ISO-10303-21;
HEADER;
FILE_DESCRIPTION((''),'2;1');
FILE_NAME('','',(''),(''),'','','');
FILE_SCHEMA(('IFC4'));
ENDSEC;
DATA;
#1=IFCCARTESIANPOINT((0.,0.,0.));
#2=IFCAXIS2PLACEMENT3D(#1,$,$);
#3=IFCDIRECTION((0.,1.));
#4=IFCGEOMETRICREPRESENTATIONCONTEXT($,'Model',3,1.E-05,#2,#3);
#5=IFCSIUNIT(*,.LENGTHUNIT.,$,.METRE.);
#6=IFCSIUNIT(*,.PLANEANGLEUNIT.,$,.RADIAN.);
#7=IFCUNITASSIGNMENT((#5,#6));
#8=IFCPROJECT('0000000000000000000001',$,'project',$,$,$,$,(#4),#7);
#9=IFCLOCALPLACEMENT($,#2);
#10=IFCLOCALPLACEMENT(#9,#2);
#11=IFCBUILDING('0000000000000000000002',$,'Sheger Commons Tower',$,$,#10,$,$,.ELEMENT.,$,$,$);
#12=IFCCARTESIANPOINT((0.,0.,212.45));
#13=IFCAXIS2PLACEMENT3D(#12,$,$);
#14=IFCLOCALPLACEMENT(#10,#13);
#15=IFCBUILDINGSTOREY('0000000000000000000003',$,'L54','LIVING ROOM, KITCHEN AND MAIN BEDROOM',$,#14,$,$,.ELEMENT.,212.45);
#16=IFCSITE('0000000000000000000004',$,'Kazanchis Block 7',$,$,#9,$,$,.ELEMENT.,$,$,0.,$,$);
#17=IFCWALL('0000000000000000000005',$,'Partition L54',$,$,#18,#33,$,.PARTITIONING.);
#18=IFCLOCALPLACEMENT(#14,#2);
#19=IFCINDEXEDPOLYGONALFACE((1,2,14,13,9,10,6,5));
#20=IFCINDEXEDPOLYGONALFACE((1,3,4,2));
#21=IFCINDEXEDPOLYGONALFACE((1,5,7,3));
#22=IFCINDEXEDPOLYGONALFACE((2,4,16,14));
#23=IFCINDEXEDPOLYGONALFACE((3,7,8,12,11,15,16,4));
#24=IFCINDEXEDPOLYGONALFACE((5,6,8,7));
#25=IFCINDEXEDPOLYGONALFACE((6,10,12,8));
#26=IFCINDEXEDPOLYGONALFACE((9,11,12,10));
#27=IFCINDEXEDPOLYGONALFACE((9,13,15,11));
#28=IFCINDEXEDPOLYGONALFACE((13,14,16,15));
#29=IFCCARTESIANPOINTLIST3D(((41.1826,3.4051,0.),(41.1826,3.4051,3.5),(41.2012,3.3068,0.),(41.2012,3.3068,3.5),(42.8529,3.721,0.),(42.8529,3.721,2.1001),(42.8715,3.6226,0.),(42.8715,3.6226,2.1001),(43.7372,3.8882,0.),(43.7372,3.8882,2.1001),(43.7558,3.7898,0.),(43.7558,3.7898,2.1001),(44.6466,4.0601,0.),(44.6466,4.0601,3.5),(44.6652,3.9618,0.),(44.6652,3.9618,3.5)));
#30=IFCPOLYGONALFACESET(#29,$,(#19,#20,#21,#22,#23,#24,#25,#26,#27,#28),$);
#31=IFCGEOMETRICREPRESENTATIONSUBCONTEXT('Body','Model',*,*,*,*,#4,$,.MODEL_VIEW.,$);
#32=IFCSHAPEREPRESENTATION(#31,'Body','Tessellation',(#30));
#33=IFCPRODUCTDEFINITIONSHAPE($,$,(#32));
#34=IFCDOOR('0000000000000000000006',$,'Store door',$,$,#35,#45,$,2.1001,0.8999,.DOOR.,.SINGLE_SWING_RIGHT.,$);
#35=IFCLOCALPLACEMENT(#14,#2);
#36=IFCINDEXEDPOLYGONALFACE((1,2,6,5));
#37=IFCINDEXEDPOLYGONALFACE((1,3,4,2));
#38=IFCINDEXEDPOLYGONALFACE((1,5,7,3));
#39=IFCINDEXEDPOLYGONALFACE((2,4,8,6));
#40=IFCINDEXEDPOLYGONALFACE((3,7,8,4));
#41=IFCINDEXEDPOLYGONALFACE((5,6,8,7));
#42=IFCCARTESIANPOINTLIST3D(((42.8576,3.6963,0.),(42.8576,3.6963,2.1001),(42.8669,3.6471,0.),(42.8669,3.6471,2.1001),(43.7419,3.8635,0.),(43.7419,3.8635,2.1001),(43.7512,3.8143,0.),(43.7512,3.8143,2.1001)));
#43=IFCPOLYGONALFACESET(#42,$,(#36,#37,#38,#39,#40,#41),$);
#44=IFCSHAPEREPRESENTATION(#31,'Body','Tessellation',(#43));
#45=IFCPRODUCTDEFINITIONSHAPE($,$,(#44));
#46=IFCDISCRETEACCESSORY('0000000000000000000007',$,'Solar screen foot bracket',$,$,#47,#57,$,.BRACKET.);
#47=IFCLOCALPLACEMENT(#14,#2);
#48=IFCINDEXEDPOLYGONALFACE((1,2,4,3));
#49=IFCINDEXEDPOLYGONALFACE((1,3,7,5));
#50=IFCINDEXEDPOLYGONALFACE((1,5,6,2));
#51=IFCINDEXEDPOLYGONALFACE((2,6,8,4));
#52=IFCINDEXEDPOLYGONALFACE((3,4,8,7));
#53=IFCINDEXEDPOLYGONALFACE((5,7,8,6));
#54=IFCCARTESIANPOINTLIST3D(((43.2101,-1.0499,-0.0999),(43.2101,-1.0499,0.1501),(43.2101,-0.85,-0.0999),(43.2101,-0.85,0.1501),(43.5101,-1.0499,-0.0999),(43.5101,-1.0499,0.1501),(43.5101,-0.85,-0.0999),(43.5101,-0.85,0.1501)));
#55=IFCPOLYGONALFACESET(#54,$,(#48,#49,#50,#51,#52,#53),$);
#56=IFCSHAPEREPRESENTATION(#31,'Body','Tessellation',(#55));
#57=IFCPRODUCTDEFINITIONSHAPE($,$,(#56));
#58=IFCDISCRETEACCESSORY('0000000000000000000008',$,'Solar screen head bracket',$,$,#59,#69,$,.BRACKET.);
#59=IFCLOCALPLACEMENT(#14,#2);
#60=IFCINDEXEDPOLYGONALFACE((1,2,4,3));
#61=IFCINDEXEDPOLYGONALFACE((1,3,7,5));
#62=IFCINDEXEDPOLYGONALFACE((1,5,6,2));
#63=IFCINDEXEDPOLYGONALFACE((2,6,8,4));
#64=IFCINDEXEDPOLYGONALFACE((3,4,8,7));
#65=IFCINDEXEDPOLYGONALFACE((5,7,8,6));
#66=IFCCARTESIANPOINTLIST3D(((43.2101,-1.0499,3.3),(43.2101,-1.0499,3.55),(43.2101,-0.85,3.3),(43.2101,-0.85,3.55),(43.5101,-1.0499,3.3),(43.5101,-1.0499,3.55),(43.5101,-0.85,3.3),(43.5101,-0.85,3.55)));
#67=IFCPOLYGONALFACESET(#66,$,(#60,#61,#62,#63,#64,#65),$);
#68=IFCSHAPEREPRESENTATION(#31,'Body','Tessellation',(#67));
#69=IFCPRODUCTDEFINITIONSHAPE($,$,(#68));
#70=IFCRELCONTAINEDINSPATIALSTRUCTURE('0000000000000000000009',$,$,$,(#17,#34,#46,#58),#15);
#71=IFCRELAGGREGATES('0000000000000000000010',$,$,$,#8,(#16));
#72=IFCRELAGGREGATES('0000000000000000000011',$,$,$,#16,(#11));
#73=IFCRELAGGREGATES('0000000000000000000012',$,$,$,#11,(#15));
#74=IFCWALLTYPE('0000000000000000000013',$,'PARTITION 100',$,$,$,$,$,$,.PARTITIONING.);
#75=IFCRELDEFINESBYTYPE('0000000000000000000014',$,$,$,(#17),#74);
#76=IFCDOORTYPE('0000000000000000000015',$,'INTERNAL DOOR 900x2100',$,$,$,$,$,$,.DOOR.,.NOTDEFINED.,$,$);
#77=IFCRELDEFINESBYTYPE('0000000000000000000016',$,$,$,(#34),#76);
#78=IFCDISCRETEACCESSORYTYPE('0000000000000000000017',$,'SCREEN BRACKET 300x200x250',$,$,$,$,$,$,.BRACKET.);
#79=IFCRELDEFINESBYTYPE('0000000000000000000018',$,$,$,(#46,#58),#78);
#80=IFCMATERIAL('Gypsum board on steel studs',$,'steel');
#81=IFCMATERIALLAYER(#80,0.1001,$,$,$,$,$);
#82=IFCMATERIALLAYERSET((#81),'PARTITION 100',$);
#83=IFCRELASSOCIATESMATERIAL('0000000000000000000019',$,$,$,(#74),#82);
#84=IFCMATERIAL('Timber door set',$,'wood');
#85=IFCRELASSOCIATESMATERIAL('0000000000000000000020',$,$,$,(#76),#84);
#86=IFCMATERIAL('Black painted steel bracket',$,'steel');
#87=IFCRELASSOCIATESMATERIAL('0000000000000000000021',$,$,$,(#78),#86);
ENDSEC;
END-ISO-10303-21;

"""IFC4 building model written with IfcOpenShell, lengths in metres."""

from ifc_helpers import new_model, si_unit, direction, frame, frame_2d, origin, origin_2d, place, context, subcontext, project, spatial, rectangle, extrude, material, layer, layer_set, type_object, element, fill, save


model = new_model("IFC4")

# Units and contexts
model_context = context("Model", 3, precision=1e-05, world=origin(), true_north=direction((0.0, 1.0)))
body_context = subcontext(model_context, "Body", "Model", "MODEL_VIEW")
ifc_project = project(units=[si_unit("LENGTHUNIT", "METRE"), si_unit("PLANEANGLEUNIT", "RADIAN")], contexts=[model_context])

# Site, building, storey
site_placement = place(None, origin())
site = spatial("IfcSite", under=ifc_project, at=site_placement, Name="Kazanchis Block 7", CompositionType="ELEMENT", RefElevation=0.0)
building_placement = place(site_placement, origin())
building = spatial("IfcBuilding", under=site, at=building_placement, Name="Sheger Commons Tower", CompositionType="ELEMENT")
storey_placement = place(building_placement, frame((0.0, 0.0, 212.45)))
storey = spatial("IfcBuildingStorey", under=building, at=storey_placement, Name="L54", Description="LIVING ROOM, KITCHEN AND MAIN BEDROOM", CompositionType="ELEMENT", Elevation=212.45)

# Shared definitions
ifc_material_1 = material(Name="Gypsum board on steel studs", Category="steel")
ifc_layer_1 = layer(ifc_material_1, 0.1001)
ifc_layer_set_1 = layer_set([ifc_layer_1], Name="PARTITION 100")
wall_type_1 = type_object("IfcWallType", Name="PARTITION 100", PredefinedType="PARTITIONING", material=ifc_layer_set_1)
ifc_material_2 = material(Name="Timber door set", Category="wood")
door_type = type_object("IfcDoorType", Name="INTERNAL DOOR 900x2100", OperationType="NOTDEFINED", PredefinedType="DOOR", material=ifc_material_2)

# Wall, opening, door
wall_1_placement = place(storey_placement, frame((41.1919, 3.356, 0.0), z_axis=(0.0, 0.0, 1.0), x_axis=(0.982588, 0.185798, 0.0)))
wall_1 = element("IfcWall", 1, at=wall_1_placement, inside=storey, type_object=wall_type_1, Name="Partition L54", PredefinedType="PARTITIONING", context=body_context, shape_type="SweptSolid", body=[
    extrude(rectangle(XDim=3.5254, YDim=0.1001, at=frame_2d((1.7627, 0.0))), origin(), (0.0, 0.0, 1.0), 3.5),
])
opening_1_placement = place(wall_1_placement, frame((1.7, 0.0, 0.0)))
opening_1 = element("IfcOpeningElement", 2, at=opening_1_placement, cuts=wall_1, PredefinedType="OPENING", context=body_context, shape_type="SweptSolid", body=[
    extrude(rectangle(XDim=0.8999, YDim=2.1001, at=frame_2d((0.45, 1.05))), frame((0.0, 0.0601, 0.0), z_axis=(0.0, -1.0, 0.0), x_axis=(1.0, 0.0, 0.0)), (0.0, 0.0, 1.0), 0.1201),
])
door_1_placement = place(opening_1_placement, origin())
door_1 = element("IfcDoor", 3, at=door_1_placement, inside=storey, type_object=door_type, Name="Store door", OperationType="SINGLE_SWING_RIGHT", OverallHeight=2.1001, OverallWidth=0.8999, PredefinedType="DOOR", context=body_context, shape_type="SweptSolid", body=[
    extrude(rectangle(XDim=0.8999, YDim=2.1001, at=frame_2d((0.45, 1.05))), frame((0.0, 0.0249, 0.0), z_axis=(0.0, -1.0, 0.0), x_axis=(1.0, 0.0, 0.0)), (0.0, 0.0, 1.0), 0.05),
])
fill(opening_1, door_1)

# Discrete accessories
ifc_material_3 = material(Name="Black painted steel bracket", Category="steel")
discrete_accessory_type = type_object("IfcDiscreteAccessoryType", Name="SCREEN BRACKET 300x200x250", PredefinedType="BRACKET", material=ifc_material_3)
for number, where, z_axis, x_axis, name in (
    (4, (43.3601, -0.95, -0.0999), (0.0, 0.0, 1.0), (1.0, 0.0, 0.0), "Solar screen foot bracket"),
    (5, (43.3601, -0.95, 3.3), (0.0, 0.0, 1.0), (1.0, 0.0, 0.0), "Solar screen head bracket"),
):
    element("IfcDiscreteAccessory", number, at=place(storey_placement, frame(where, z_axis=z_axis, x_axis=x_axis)), inside=storey, type_object=discrete_accessory_type, Name=name, PredefinedType="BRACKET", context=body_context, shape_type="SweptSolid", body=[
        extrude(rectangle(XDim=0.3, YDim=0.2, at=origin_2d()), origin(), (0.0, 0.0, 1.0), 0.25),
    ])

save(model, "model.ifc")
